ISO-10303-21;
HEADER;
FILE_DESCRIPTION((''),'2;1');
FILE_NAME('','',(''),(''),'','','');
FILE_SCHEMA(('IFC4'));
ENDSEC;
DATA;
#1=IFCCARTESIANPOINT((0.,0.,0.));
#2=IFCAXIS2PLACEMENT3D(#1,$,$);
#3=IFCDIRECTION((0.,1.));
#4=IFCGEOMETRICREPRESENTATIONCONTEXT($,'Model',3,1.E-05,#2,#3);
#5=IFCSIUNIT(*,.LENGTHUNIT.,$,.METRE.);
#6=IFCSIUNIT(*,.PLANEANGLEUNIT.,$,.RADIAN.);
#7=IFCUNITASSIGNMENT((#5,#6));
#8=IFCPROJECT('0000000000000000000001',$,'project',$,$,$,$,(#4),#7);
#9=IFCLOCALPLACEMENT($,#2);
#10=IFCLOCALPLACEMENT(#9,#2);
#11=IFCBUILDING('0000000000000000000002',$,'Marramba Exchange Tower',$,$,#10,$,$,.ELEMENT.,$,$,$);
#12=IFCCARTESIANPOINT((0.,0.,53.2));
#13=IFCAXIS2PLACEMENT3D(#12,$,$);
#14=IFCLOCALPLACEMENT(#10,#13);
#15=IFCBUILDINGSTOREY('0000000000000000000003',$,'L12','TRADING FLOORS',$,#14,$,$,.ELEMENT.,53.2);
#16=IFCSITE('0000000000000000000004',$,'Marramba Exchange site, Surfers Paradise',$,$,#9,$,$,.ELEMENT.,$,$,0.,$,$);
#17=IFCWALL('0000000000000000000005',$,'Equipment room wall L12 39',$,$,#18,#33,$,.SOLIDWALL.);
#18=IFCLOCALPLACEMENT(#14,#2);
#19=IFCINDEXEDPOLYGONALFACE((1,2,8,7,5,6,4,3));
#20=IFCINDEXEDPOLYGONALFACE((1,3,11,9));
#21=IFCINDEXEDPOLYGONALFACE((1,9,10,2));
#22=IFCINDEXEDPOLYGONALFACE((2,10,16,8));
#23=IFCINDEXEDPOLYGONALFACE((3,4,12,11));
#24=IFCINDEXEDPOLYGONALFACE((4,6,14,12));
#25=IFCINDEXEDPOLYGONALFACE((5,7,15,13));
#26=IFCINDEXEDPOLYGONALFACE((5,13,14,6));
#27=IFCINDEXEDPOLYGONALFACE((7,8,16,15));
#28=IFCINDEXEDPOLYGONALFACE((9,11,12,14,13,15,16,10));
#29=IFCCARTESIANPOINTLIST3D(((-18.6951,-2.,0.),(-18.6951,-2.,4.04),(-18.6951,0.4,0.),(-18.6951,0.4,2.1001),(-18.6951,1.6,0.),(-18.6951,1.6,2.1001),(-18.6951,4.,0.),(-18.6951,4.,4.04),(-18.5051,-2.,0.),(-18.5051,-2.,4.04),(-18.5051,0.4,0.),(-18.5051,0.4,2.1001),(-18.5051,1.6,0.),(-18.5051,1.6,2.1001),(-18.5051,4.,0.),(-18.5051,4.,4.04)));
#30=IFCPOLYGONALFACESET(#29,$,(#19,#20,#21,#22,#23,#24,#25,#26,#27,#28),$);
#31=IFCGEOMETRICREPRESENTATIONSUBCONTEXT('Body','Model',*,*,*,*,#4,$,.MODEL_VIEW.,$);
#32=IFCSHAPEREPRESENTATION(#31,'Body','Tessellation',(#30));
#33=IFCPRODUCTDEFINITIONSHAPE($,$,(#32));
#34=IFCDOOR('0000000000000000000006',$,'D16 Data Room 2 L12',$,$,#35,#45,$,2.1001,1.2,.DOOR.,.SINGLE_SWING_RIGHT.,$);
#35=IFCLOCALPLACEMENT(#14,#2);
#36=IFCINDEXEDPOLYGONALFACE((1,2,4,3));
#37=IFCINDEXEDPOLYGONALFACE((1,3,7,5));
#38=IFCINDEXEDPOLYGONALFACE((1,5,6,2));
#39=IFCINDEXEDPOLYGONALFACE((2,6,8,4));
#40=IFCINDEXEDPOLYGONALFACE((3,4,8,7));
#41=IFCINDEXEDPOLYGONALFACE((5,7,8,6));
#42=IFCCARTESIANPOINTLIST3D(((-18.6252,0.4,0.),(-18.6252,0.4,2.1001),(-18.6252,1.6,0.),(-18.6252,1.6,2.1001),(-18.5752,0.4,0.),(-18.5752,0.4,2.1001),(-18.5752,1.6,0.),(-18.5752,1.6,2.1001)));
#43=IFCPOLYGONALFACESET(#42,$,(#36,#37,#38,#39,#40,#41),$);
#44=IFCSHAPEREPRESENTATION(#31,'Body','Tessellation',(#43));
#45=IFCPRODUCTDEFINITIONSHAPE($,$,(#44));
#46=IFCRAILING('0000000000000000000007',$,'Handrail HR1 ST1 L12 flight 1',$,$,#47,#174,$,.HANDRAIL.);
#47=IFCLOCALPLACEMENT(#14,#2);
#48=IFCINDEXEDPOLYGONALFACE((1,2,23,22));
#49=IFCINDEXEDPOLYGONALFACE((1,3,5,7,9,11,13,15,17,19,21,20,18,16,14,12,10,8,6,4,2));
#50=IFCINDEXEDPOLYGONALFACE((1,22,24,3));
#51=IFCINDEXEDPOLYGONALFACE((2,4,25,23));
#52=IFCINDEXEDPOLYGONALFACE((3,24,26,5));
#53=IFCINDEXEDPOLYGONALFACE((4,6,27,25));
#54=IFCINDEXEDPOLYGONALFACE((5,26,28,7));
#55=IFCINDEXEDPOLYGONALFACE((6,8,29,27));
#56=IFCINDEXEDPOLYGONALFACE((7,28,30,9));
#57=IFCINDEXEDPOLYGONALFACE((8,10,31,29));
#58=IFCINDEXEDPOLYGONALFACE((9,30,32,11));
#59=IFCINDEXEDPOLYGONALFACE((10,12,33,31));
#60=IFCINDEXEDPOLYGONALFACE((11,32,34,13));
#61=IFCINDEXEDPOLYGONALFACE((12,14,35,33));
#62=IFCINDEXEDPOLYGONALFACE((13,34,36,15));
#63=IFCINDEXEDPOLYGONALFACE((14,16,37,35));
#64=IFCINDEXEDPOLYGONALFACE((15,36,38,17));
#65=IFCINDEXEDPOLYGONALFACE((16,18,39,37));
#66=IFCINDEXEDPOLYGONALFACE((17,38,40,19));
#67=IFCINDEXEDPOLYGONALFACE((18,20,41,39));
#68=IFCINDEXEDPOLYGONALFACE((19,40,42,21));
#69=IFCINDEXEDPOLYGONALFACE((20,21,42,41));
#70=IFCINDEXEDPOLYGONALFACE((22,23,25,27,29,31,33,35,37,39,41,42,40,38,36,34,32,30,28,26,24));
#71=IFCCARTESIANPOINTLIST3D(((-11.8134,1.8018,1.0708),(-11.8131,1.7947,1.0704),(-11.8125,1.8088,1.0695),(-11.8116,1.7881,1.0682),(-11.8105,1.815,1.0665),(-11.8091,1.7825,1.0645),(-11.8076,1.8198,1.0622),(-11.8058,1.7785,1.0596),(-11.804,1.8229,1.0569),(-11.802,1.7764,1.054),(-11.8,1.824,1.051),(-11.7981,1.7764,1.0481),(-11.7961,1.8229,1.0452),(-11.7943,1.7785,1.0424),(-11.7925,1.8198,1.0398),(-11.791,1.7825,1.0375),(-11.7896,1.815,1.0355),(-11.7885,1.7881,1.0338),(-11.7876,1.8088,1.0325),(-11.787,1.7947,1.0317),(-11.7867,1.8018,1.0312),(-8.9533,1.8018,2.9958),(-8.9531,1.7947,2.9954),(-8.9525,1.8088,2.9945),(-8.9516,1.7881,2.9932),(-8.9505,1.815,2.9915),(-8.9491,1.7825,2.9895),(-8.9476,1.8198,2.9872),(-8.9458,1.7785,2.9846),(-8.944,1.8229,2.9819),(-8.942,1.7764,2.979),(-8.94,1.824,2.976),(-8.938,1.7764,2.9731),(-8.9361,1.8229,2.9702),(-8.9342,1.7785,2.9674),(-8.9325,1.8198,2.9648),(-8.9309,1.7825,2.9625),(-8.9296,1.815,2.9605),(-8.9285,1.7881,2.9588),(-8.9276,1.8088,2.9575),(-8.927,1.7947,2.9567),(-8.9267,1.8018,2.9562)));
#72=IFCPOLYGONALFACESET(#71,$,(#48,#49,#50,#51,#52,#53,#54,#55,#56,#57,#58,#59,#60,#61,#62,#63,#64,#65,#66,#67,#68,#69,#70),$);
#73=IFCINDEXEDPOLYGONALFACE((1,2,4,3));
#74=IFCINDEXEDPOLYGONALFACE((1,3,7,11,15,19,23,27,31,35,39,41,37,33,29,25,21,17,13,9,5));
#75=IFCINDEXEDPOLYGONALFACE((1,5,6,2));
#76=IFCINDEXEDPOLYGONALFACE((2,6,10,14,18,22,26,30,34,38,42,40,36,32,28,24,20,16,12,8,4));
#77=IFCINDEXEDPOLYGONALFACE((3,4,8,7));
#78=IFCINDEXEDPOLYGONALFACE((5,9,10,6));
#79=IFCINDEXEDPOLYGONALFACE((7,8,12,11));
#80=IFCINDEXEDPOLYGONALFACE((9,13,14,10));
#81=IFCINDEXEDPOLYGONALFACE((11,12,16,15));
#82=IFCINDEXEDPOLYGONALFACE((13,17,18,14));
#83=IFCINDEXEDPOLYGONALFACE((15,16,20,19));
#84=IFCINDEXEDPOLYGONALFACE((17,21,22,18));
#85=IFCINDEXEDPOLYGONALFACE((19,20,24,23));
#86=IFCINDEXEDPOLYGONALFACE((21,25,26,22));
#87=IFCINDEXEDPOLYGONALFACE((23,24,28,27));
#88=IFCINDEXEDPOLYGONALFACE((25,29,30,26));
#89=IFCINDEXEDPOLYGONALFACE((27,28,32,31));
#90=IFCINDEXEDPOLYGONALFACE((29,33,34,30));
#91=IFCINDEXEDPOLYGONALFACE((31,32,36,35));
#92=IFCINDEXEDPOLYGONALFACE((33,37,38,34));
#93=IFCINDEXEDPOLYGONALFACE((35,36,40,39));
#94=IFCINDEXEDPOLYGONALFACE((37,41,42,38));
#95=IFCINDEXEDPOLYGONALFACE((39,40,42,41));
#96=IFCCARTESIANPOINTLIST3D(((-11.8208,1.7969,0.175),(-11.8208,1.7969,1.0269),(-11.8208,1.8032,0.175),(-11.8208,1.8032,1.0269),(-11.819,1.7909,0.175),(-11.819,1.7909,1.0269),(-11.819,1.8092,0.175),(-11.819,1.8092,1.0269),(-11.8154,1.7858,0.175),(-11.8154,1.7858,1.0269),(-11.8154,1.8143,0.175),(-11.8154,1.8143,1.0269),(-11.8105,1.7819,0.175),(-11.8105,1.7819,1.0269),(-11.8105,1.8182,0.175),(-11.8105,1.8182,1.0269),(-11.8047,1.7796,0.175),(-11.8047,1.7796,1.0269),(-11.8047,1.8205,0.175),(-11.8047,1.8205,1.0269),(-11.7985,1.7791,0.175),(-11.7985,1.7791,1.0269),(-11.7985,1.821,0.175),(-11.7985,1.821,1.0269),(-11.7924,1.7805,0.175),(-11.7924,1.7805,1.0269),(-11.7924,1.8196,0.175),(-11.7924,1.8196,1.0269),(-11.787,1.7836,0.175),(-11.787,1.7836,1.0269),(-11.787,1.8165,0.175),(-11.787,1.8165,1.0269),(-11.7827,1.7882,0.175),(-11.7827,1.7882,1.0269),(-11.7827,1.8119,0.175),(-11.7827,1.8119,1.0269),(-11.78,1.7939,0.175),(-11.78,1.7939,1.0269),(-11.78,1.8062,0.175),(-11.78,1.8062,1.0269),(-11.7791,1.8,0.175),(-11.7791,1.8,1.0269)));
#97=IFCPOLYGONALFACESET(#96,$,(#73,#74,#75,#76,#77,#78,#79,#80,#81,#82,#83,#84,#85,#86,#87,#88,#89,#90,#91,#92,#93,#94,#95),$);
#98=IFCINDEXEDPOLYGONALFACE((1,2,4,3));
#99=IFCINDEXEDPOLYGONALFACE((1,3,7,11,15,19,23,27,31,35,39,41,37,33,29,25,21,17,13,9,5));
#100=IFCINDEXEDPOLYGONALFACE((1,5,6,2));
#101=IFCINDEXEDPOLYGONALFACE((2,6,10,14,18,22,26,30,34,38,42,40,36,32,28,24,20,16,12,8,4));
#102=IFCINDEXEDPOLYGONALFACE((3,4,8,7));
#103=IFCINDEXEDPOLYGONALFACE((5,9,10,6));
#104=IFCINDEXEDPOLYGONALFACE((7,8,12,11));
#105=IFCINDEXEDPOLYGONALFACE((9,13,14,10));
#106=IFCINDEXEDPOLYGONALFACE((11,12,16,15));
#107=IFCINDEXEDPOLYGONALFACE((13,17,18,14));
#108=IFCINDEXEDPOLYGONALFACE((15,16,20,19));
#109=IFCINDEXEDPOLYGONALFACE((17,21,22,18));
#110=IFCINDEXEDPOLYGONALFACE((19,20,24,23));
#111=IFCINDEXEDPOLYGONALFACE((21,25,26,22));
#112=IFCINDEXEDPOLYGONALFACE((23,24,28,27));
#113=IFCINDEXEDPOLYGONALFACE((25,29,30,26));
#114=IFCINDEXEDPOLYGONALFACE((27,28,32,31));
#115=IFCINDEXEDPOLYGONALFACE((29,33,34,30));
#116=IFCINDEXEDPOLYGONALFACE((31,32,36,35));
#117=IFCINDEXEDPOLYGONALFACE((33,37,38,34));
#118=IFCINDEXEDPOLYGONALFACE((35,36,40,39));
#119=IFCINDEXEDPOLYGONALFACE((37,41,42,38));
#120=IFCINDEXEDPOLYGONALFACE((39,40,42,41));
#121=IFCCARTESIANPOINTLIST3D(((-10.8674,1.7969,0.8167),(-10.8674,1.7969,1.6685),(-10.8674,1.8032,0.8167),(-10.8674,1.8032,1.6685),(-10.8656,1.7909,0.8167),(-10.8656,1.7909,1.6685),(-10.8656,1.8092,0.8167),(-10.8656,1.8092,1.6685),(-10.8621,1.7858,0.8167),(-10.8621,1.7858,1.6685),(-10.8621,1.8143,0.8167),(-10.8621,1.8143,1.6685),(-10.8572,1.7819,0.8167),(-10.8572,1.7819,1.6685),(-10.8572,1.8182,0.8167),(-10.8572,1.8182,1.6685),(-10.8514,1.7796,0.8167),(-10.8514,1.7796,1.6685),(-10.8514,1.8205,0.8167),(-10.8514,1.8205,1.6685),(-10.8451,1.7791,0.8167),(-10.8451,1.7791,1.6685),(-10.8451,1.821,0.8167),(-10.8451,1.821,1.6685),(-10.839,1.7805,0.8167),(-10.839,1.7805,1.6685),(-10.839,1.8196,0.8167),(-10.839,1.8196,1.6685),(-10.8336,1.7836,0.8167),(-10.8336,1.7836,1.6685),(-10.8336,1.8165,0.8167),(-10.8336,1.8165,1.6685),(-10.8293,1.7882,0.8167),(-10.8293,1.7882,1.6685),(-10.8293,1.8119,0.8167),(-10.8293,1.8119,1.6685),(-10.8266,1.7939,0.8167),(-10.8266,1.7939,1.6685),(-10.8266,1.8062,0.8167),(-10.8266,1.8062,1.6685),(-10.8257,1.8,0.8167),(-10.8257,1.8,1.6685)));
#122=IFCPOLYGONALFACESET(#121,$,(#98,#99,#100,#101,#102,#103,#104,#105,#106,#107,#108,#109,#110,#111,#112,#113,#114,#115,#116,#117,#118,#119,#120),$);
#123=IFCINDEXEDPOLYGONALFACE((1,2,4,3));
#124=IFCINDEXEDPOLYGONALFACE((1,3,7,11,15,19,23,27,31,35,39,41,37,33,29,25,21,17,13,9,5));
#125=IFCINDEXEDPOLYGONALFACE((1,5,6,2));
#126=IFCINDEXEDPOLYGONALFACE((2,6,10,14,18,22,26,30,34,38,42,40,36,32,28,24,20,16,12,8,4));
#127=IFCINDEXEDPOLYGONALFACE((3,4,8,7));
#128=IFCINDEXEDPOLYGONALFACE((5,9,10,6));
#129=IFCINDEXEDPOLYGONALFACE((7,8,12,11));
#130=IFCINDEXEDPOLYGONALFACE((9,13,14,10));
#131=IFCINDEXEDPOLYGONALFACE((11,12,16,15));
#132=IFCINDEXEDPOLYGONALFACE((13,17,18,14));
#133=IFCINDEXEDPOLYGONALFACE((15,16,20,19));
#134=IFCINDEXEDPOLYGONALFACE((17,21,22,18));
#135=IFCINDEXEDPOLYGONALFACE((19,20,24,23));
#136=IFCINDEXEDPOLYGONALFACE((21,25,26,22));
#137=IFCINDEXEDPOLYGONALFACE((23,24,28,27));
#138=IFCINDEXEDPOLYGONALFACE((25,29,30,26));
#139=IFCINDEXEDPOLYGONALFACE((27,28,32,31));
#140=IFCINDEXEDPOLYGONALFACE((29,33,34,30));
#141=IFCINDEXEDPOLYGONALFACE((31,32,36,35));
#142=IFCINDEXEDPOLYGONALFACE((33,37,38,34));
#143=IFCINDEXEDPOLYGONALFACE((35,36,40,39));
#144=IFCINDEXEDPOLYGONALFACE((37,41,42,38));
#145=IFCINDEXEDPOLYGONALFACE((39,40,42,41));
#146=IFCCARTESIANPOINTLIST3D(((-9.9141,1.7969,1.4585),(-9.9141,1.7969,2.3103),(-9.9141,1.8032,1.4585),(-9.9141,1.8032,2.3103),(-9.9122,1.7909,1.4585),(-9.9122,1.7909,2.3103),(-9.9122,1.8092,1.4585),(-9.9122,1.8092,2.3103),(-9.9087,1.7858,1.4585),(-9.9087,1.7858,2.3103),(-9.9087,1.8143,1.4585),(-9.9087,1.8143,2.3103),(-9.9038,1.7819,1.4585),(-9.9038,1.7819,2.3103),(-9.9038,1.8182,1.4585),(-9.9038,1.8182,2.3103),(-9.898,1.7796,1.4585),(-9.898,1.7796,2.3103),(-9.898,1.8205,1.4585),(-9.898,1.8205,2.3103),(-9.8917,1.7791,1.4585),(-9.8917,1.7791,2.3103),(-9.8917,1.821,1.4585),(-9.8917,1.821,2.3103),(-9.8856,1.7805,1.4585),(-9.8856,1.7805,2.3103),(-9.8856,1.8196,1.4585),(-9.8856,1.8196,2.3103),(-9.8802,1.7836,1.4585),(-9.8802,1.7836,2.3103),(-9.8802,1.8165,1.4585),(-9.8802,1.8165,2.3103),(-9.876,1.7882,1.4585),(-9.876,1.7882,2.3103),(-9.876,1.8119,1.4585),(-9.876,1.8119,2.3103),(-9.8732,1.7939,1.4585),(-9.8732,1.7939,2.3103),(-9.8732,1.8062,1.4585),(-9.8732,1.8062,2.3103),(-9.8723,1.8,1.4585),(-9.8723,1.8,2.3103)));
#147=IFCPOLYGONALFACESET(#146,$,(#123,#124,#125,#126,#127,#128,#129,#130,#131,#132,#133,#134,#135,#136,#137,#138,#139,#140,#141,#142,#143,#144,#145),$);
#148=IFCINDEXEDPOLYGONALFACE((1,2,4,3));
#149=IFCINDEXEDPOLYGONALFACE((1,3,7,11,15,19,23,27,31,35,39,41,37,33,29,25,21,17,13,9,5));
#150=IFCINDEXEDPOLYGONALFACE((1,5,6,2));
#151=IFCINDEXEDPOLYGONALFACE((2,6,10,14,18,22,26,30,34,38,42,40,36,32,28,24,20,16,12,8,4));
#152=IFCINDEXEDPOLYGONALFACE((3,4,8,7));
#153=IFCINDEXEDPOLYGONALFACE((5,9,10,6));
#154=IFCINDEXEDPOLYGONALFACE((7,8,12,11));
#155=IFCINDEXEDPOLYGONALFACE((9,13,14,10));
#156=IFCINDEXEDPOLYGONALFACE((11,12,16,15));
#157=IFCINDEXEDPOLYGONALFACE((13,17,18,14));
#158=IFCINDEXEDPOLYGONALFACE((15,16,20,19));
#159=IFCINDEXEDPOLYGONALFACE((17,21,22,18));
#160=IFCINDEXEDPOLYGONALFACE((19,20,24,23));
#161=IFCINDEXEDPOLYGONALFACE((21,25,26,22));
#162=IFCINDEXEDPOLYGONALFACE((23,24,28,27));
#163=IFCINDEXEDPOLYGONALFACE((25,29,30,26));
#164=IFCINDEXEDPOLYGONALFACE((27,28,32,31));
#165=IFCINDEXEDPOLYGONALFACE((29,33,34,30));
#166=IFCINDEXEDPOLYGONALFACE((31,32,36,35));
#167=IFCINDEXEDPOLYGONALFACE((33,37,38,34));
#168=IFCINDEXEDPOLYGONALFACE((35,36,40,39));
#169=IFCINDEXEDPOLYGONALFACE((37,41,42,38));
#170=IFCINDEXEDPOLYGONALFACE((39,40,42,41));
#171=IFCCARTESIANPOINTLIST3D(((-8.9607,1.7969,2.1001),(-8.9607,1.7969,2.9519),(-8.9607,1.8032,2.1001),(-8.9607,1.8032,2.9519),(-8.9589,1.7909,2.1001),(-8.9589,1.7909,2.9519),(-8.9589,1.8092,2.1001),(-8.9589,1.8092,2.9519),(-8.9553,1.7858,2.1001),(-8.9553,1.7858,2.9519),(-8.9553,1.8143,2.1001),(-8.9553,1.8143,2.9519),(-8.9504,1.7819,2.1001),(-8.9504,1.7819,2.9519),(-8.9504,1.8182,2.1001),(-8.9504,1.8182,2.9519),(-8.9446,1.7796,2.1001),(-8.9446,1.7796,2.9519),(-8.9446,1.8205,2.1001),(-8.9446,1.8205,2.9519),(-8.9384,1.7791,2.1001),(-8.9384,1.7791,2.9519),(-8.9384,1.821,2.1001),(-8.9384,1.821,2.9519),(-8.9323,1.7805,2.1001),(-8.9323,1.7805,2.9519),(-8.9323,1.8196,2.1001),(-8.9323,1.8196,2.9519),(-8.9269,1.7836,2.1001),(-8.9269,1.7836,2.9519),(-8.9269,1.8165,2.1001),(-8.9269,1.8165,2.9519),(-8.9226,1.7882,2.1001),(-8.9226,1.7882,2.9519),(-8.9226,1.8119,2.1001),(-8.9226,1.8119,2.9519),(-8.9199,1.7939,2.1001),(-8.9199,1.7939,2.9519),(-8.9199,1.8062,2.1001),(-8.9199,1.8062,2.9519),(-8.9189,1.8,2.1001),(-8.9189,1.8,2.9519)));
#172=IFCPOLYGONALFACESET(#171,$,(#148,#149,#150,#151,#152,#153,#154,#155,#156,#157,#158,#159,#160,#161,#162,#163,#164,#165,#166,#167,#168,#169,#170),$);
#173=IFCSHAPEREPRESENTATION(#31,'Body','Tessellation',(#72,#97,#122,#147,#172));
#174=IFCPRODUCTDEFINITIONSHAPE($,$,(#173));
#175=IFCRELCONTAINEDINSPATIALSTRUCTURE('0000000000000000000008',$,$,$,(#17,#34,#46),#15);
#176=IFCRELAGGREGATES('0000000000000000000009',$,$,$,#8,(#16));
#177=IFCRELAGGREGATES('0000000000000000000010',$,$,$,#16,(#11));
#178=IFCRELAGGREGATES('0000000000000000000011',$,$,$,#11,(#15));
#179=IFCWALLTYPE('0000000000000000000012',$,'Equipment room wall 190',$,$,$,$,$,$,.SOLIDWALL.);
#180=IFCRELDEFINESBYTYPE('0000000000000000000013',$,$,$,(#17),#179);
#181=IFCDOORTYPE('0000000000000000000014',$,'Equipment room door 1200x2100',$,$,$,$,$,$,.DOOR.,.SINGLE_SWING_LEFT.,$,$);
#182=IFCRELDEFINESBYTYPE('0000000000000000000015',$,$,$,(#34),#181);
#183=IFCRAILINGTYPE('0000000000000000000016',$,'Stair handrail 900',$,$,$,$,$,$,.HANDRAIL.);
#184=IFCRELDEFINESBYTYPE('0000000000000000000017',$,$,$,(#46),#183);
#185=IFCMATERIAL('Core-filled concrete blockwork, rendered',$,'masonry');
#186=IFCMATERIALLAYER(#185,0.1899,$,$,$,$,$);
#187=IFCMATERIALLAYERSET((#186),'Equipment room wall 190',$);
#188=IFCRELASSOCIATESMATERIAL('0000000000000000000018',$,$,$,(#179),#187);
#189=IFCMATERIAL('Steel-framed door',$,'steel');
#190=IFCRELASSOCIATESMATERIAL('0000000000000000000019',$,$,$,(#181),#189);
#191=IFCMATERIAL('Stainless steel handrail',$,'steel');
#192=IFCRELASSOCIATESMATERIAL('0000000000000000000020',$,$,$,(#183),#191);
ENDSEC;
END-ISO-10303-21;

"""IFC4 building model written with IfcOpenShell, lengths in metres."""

from ifc_helpers import new_model, si_unit, direction, frame, frame_2d, origin, origin_2d, place, context, subcontext, project, spatial, rectangle, circle, extrude, material, layer, layer_set, type_object, element, fill, save


model = new_model("IFC4")

# Units and contexts
model_context = context("Model", 3, precision=1e-05, world=origin(), true_north=direction((0.0, 1.0)))
body_context = subcontext(model_context, "Body", "Model", "MODEL_VIEW")
ifc_project = project(units=[si_unit("LENGTHUNIT", "METRE"), si_unit("PLANEANGLEUNIT", "RADIAN")], contexts=[model_context])

# Site, building, storey
site_placement = place(None, origin())
site = spatial("IfcSite", under=ifc_project, at=site_placement, Name="Marramba Exchange site, Surfers Paradise", CompositionType="ELEMENT", RefElevation=0.0)
building_placement = place(site_placement, origin())
building = spatial("IfcBuilding", under=site, at=building_placement, Name="Marramba Exchange Tower", CompositionType="ELEMENT")
storey_placement = place(building_placement, frame((0.0, 0.0, 53.2)))
storey = spatial("IfcBuildingStorey", under=building, at=storey_placement, Name="L12", Description="TRADING FLOORS", CompositionType="ELEMENT", Elevation=53.2)

# Shared definitions
ifc_material_1 = material(Name="Steel-framed door", Category="steel")

# Shared definitions
ifc_material_2 = material(Name="Core-filled concrete blockwork, rendered", Category="masonry")
ifc_layer_1 = layer(ifc_material_2, 0.1899)
ifc_layer_set_1 = layer_set([ifc_layer_1], Name="Equipment room wall 190")
wall_type_1 = type_object("IfcWallType", Name="Equipment room wall 190", PredefinedType="SOLIDWALL", material=ifc_layer_set_1)

# Wall, opening, door
wall_1_placement = place(storey_placement, frame((-18.6001, 4.0, 0.0), z_axis=(0.0, 0.0, 1.0), x_axis=(0.0, -1.0, 0.0)))
wall_1 = element("IfcWall", 1, at=wall_1_placement, inside=storey, type_object=wall_type_1, Name="Equipment room wall L12 39", PredefinedType="SOLIDWALL", context=body_context, shape_type="SweptSolid", body=[
    extrude(rectangle(XDim=6.0, YDim=0.1899, at=frame_2d((3.0, 0.0))), origin(), (0.0, 0.0, 1.0), 4.04),
])
opening_1_placement = place(wall_1_placement, frame((2.3999, 0.0, 0.0)))
opening_1 = element("IfcOpeningElement", 2, at=opening_1_placement, cuts=wall_1, PredefinedType="OPENING", context=body_context, shape_type="SweptSolid", body=[
    extrude(rectangle(XDim=1.2, YDim=2.1001, at=frame_2d((0.6001, 1.05))), frame((0.0, 0.105, 0.0), z_axis=(0.0, -1.0, 0.0), x_axis=(1.0, 0.0, 0.0)), (0.0, 0.0, 1.0), 0.21),
])
door_type_1 = type_object("IfcDoorType", Name="Equipment room door 1200x2100", OperationType="SINGLE_SWING_LEFT", PredefinedType="DOOR", material=ifc_material_1)
door_1_placement = place(opening_1_placement, origin())
door_1 = element("IfcDoor", 3, at=door_1_placement, inside=storey, type_object=door_type_1, Name="D16 Data Room 2 L12", OperationType="SINGLE_SWING_RIGHT", OverallHeight=2.1001, OverallWidth=1.2, PredefinedType="DOOR", context=body_context, shape_type="SweptSolid", body=[
    extrude(rectangle(XDim=1.2, YDim=2.1001, at=frame_2d((0.6001, 1.05))), frame((0.0, 0.0249, 0.0), z_axis=(0.0, -1.0, 0.0), x_axis=(1.0, 0.0, 0.0)), (0.0, 0.0, 1.0), 0.05),
])
fill(opening_1, door_1)

# Railing
ifc_material_3 = material(Name="Stainless steel handrail", Category="steel")
railing_type = type_object("IfcRailingType", Name="Stair handrail 900", PredefinedType="HANDRAIL", material=ifc_material_3)
railing_placement = place(storey_placement, frame((-11.8, 1.8, 0.175)))
element("IfcRailing", 4, at=railing_placement, inside=storey, type_object=railing_type, Name="Handrail HR1 ST1 L12 flight 1", PredefinedType="HANDRAIL", context=body_context, shape_type="SweptSolid", body=[
    extrude(circle(Radius=0.0239, at=origin_2d()), frame((0.0, 0.0, 0.876), z_axis=(0.829591, 0.0, 0.558372), x_axis=(0.0, 1.0, 0.0)), (0.0, 0.0, 1.0), 3.4475),
    extrude(circle(Radius=0.021, at=origin_2d()), origin(), (0.0, 0.0, 1.0), 0.8518),
    extrude(circle(Radius=0.021, at=origin_2d()), frame((0.9534, 0.0, 0.6416)), (0.0, 0.0, 1.0), 0.8518),
    extrude(circle(Radius=0.021, at=origin_2d()), frame((1.9067, 0.0, 1.2834)), (0.0, 0.0, 1.0), 0.8518),
    extrude(circle(Radius=0.021, at=origin_2d()), frame((2.8601, 0.0, 1.925)), (0.0, 0.0, 1.0), 0.8518),
])

save(model, "model.ifc")
